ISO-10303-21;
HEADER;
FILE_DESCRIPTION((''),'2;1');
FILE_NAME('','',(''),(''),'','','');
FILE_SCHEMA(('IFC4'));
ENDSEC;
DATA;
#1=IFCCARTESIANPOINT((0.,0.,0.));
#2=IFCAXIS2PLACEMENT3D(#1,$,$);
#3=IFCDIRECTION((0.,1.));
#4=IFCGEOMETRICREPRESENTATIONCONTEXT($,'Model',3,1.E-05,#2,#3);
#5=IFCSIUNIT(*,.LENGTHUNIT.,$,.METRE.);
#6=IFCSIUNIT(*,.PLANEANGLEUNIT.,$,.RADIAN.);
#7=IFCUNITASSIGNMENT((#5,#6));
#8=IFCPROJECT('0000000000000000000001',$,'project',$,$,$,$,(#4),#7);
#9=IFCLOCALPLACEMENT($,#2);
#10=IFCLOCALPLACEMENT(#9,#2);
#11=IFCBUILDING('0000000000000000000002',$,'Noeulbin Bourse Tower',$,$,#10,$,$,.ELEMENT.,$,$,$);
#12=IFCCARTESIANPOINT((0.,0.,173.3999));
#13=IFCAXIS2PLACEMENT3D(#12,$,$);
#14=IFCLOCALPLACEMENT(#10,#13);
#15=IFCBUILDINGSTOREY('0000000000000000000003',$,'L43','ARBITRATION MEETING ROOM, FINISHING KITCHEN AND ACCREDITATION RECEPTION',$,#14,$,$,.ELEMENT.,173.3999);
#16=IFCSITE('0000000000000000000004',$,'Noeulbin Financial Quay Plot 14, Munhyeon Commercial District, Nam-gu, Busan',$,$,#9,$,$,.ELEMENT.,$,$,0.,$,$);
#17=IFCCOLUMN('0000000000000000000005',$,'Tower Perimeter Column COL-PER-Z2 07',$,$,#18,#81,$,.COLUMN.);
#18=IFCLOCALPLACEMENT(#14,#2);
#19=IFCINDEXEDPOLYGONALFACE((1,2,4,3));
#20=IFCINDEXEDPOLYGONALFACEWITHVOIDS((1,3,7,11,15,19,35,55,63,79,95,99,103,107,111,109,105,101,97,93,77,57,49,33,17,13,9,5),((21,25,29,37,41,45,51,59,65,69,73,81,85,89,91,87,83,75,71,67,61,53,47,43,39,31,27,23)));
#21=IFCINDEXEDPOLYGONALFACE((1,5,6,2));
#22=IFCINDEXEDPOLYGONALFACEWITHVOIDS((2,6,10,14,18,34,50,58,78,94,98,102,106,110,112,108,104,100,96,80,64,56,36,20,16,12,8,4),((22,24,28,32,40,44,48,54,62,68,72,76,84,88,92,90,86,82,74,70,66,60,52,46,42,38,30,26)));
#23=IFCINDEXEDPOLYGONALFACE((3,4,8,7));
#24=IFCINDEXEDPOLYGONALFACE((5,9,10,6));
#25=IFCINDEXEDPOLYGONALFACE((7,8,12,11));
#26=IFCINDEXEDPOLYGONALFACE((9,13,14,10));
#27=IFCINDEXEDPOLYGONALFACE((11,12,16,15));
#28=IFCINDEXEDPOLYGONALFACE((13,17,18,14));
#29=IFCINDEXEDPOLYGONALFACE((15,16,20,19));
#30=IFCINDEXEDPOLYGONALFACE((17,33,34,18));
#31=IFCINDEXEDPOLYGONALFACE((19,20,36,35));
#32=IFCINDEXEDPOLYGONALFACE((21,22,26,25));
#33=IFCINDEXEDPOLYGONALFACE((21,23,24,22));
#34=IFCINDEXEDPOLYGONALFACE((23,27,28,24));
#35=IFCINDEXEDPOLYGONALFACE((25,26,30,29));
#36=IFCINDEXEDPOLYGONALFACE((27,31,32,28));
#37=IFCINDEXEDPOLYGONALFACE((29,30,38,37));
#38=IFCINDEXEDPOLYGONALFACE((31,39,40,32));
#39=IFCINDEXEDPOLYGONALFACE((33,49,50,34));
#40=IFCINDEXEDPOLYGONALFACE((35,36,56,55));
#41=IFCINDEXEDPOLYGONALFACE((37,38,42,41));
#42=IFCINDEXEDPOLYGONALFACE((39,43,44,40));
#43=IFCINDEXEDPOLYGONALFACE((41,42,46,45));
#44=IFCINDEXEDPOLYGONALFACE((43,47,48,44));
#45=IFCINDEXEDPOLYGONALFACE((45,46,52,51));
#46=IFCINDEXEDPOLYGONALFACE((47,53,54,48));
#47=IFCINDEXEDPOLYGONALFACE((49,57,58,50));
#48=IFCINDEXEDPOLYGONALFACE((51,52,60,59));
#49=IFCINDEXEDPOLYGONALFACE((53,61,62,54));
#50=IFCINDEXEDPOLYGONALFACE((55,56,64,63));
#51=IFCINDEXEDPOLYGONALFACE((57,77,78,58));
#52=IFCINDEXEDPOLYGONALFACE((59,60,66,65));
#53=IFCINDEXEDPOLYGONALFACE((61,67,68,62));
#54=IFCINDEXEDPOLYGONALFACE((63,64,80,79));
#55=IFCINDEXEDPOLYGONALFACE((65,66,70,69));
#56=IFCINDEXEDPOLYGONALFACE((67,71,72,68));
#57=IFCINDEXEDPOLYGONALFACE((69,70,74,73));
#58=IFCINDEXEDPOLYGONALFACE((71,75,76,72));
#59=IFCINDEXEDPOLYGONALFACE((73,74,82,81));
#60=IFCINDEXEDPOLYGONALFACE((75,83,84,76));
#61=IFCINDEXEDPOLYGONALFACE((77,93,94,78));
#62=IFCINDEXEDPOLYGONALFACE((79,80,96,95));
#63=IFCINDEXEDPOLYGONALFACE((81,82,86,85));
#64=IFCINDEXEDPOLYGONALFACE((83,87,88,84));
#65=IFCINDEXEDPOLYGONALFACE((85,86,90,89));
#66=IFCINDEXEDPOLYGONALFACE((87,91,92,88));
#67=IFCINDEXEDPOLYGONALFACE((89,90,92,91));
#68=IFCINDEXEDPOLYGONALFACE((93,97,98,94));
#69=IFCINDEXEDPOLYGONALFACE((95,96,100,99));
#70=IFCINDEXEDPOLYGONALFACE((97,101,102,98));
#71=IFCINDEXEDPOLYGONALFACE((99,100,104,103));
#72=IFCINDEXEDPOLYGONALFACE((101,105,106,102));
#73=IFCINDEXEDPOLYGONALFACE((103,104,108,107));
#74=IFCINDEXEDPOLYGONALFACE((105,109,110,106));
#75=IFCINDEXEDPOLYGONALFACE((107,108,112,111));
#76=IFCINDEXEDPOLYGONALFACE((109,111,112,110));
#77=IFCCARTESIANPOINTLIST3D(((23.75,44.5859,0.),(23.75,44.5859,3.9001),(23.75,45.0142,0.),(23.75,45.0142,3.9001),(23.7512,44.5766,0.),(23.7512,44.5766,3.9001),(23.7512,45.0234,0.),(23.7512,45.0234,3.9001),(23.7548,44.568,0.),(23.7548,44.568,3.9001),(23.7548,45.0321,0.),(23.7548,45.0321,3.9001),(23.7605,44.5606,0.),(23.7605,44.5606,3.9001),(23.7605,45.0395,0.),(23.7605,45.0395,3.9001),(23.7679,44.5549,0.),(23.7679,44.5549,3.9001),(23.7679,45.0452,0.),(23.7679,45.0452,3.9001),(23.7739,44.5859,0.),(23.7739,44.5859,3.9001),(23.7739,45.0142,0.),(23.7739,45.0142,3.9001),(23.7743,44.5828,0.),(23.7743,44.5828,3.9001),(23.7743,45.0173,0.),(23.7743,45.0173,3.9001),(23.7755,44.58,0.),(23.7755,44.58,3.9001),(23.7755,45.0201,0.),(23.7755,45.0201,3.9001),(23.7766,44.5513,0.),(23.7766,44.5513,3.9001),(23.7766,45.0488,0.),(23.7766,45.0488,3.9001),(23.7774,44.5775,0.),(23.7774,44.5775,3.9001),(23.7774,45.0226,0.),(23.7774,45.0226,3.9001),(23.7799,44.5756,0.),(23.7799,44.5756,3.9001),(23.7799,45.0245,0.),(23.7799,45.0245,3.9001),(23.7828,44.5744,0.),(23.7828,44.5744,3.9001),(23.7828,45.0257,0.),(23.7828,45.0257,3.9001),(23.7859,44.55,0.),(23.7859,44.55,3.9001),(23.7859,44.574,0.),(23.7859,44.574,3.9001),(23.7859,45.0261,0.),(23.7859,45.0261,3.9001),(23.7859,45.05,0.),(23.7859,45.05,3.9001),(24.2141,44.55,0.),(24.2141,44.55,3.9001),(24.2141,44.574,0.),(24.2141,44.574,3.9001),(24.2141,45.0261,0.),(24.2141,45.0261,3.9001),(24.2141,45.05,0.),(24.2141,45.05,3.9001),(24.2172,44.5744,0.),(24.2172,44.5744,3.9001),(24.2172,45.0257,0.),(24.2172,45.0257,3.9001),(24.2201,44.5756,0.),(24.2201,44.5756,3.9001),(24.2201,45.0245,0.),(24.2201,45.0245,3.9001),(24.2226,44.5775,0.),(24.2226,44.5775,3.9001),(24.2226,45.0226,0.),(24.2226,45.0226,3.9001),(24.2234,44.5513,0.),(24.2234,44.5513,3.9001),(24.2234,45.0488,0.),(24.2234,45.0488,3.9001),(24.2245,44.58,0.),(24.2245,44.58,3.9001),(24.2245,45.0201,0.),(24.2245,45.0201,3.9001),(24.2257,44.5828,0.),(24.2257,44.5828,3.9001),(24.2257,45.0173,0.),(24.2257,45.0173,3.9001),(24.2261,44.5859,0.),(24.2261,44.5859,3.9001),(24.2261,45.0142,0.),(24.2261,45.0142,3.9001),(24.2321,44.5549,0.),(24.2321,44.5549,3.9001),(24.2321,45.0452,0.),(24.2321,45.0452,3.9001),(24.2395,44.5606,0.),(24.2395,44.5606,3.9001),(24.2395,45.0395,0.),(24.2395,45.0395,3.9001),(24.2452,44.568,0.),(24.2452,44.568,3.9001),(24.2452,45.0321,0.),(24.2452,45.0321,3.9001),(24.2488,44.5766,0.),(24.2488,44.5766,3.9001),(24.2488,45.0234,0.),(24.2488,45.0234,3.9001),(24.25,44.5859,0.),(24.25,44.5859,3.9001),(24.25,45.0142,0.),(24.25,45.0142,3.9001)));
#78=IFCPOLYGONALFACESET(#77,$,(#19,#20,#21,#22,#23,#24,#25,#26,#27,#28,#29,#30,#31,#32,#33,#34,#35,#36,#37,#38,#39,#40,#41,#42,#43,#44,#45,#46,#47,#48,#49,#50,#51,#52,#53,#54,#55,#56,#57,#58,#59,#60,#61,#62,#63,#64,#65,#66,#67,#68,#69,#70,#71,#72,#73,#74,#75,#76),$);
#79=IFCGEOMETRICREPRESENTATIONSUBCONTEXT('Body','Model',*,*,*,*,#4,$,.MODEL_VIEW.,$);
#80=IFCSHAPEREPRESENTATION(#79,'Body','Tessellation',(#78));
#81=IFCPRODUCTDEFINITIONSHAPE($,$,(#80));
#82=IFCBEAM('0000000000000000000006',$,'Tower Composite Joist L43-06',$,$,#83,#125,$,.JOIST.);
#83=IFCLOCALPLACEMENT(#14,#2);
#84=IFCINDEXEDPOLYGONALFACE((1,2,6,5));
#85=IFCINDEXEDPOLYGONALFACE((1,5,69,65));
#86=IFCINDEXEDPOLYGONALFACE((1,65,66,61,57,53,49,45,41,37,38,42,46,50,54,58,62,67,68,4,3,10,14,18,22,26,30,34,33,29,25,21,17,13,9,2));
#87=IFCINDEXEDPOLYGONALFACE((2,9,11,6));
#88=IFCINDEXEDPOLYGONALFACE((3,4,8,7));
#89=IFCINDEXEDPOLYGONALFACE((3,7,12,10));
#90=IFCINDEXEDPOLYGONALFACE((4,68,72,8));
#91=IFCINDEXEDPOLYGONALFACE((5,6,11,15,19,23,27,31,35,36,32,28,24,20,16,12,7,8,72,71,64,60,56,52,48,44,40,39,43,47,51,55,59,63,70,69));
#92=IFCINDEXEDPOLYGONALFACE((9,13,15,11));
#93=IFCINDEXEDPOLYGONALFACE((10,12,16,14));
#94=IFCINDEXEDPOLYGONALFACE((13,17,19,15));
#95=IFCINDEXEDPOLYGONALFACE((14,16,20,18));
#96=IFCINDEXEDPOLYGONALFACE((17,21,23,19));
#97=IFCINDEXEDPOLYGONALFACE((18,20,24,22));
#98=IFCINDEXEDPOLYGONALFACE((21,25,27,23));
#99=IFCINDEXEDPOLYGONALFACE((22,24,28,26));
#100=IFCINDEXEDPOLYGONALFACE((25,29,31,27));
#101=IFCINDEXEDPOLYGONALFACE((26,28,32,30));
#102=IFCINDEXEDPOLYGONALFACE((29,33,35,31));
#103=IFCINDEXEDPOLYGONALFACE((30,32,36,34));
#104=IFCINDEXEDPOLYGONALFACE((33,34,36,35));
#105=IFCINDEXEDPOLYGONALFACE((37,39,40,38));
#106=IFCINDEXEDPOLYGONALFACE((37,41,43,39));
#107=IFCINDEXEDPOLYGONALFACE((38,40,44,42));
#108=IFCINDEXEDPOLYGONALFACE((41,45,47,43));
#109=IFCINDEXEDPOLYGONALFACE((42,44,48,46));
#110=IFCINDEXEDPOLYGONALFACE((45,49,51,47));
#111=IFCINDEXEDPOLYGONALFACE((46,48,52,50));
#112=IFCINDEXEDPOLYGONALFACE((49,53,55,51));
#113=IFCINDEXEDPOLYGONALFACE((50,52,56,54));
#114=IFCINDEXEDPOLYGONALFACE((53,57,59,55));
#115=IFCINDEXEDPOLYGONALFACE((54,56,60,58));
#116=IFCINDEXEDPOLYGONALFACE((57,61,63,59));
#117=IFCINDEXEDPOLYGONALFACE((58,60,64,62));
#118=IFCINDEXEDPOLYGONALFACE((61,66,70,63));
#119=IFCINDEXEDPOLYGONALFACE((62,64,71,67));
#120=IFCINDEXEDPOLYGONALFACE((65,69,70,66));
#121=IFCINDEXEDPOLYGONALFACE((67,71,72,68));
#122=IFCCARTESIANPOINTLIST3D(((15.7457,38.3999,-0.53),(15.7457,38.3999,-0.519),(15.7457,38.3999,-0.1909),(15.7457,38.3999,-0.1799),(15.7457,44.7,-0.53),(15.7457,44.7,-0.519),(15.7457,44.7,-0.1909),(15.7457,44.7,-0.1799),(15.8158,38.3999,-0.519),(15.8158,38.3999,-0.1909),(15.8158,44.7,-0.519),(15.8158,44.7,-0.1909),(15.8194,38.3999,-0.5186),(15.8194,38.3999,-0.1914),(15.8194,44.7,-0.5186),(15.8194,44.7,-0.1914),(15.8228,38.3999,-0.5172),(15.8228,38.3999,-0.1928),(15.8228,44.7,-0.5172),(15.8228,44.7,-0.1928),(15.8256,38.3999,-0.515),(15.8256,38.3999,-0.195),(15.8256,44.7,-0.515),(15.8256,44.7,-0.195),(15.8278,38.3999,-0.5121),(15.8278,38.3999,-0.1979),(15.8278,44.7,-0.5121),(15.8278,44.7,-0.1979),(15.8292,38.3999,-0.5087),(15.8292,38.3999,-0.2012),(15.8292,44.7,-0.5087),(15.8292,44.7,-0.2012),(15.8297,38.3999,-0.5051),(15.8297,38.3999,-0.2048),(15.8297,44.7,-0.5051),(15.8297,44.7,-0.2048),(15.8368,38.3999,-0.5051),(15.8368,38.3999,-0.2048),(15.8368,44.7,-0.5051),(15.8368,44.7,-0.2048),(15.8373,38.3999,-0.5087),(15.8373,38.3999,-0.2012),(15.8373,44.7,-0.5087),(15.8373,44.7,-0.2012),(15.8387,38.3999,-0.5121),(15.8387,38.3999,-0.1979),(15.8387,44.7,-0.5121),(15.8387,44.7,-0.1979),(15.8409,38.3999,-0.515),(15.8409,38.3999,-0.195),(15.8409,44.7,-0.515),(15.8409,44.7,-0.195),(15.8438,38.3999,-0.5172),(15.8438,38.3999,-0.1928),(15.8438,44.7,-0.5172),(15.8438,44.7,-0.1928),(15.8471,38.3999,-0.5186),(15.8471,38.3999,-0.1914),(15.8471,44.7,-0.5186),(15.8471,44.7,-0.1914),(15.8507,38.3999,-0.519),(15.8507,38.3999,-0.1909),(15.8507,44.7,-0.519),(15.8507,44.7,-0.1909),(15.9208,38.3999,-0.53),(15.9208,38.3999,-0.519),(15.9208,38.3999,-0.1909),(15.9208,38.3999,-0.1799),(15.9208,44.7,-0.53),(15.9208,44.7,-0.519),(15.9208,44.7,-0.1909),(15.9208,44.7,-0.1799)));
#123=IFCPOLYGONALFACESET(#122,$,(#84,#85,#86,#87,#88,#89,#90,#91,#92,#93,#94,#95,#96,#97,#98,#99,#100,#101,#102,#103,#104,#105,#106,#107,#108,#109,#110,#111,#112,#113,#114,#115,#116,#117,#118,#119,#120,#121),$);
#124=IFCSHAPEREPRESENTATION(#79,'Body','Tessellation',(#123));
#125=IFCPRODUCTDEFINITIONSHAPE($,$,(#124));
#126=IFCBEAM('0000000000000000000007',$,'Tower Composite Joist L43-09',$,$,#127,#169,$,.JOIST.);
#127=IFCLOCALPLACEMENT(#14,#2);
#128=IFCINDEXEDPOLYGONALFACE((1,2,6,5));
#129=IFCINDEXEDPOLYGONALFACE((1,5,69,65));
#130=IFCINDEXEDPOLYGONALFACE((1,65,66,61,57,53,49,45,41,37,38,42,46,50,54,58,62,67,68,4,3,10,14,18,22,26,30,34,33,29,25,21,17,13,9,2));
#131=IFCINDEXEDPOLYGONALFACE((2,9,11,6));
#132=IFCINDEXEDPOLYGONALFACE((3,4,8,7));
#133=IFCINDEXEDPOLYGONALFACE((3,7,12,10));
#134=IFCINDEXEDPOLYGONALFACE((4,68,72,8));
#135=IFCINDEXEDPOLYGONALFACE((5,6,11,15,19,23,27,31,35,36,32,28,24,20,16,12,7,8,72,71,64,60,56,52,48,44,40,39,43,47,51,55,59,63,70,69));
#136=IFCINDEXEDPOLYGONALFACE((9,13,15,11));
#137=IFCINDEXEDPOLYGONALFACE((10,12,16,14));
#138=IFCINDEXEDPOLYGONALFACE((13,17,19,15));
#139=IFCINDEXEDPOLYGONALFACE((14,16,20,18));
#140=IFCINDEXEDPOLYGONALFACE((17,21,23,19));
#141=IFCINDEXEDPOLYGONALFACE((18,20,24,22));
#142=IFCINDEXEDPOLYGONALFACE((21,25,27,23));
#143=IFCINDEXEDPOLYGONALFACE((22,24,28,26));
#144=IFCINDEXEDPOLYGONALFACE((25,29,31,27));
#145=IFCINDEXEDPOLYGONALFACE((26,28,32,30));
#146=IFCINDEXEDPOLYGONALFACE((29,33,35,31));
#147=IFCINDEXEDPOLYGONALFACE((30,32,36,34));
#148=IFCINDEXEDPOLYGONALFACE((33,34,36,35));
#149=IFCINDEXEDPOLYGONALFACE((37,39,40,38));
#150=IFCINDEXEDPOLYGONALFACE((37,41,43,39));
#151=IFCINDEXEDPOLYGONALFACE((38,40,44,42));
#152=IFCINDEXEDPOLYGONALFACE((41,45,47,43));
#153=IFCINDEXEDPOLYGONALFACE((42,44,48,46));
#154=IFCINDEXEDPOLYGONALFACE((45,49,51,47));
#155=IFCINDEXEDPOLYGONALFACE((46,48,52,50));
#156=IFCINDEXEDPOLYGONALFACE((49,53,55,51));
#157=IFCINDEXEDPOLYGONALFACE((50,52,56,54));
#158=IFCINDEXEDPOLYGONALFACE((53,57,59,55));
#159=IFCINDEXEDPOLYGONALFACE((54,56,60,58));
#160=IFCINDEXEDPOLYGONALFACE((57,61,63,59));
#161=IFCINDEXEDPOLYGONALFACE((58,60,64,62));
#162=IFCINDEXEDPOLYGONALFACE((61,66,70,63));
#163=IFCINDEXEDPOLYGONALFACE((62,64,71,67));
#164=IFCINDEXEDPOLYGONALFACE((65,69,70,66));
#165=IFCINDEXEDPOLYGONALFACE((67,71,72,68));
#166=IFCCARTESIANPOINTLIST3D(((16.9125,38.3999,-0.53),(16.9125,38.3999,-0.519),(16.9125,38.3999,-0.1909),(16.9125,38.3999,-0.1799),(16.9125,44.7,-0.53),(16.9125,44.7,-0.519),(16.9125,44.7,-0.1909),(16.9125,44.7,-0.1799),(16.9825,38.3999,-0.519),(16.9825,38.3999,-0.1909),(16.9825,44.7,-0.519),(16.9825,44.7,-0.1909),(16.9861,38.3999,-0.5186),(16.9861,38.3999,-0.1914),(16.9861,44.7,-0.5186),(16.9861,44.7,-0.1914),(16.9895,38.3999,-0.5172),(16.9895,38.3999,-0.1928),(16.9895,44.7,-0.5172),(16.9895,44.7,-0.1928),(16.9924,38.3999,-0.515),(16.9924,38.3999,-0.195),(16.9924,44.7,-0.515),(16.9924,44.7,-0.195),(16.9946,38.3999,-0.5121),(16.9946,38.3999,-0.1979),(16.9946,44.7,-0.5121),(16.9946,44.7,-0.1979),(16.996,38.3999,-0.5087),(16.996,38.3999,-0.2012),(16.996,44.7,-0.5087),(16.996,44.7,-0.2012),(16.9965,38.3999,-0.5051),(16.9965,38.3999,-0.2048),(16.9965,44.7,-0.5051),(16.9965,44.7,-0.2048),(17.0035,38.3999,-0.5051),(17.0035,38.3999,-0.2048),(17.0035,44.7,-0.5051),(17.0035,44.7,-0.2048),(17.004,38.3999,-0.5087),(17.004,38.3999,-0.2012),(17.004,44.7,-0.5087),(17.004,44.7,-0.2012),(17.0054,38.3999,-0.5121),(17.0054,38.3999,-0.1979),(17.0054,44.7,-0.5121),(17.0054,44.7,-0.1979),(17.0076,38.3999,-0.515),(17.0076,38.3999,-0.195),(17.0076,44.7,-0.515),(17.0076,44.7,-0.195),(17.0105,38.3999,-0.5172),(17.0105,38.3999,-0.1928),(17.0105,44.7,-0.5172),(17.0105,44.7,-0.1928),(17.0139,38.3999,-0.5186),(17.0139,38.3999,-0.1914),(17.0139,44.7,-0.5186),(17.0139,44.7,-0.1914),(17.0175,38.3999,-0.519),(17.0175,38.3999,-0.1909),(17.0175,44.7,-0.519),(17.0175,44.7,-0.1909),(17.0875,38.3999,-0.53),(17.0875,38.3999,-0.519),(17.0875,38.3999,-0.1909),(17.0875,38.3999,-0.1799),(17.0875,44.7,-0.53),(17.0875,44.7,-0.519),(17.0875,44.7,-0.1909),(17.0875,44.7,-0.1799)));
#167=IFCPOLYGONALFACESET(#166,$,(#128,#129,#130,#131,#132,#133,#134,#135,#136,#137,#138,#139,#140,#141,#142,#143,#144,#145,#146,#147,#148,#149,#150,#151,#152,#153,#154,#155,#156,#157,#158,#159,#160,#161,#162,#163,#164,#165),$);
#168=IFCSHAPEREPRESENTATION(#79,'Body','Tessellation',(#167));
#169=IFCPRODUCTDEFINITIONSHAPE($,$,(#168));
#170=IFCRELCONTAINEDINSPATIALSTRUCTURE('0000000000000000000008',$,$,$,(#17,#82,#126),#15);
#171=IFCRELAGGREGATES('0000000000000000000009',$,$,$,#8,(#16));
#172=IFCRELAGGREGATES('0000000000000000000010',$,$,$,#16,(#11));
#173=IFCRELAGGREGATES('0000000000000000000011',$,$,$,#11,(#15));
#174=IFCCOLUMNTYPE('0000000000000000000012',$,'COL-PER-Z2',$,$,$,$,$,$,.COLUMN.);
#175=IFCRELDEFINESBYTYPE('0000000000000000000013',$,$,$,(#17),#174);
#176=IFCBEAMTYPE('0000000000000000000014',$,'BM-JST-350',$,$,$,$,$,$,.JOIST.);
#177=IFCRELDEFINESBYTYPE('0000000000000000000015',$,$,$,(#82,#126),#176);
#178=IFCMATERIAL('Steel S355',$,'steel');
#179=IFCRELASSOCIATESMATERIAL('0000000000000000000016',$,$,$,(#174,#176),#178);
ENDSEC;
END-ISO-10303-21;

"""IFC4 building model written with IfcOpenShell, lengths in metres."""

from ifc_helpers import new_model, si_unit, direction, frame, origin, origin_2d, place, context, subcontext, project, spatial, hollow_rectangle, i_section, extrude, material, material_profile, profile_set, type_object, element, save


model = new_model("IFC4")

# Units and contexts
model_context = context("Model", 3, precision=1e-05, world=origin(), true_north=direction((0.0, 1.0)))
body_context = subcontext(model_context, "Body", "Model", "MODEL_VIEW")
ifc_project = project(units=[si_unit("LENGTHUNIT", "METRE"), si_unit("PLANEANGLEUNIT", "RADIAN")], contexts=[model_context])

# Site, building, storey
site_placement = place(None, origin())
site = spatial("IfcSite", under=ifc_project, at=site_placement, Name="Noeulbin Financial Quay Plot 14, Munhyeon Commercial District, Nam-gu, Busan", CompositionType="ELEMENT", RefElevation=0.0)
building_placement = place(site_placement, origin())
building = spatial("IfcBuilding", under=site, at=building_placement, Name="Noeulbin Bourse Tower", CompositionType="ELEMENT")
storey_placement = place(building_placement, frame((0.0, 0.0, 173.3999)))
storey = spatial("IfcBuildingStorey", under=building, at=storey_placement, Name="L43", Description="ARBITRATION MEETING ROOM, FINISHING KITCHEN AND ACCREDITATION RECEPTION", CompositionType="ELEMENT", Elevation=173.3999)

# Column
ifc_material_1 = material(Name="Steel S355", Category="steel")
ifc_material_profile_1 = material_profile(ifc_material_1, hollow_rectangle(XDim=0.5, YDim=0.5, WallThickness=0.0239, InnerFilletRadius=0.012, OuterFilletRadius=0.0359, at=origin_2d()), Name="BOX-500x500x24", Category="LoadBearing")
ifc_profile_set_1 = profile_set([ifc_material_profile_1], Name="Steel S355")
column_type = type_object("IfcColumnType", Name="COL-PER-Z2", PredefinedType="COLUMN", material=ifc_profile_set_1)
column_placement = place(storey_placement, frame((24.0, 44.8, 0.0), z_axis=(0.0, 0.0, 1.0), x_axis=(1.0, 0.0, 0.0)))
element("IfcColumn", 1, at=column_placement, inside=storey, type_object=column_type, Name="Tower Perimeter Column COL-PER-Z2 07", PredefinedType="COLUMN", context=body_context, shape_type="SweptSolid", body=[
    extrude(hollow_rectangle(XDim=0.5, YDim=0.5, WallThickness=0.0239, InnerFilletRadius=0.012, OuterFilletRadius=0.0359, at=origin_2d()), origin(), (0.0, 0.0, 1.0), 3.9001),
])

# Beams
ifc_material_profile_2 = material_profile(ifc_material_1, i_section(OverallWidth=0.175, OverallDepth=0.3501, WebThickness=0.0071, FlangeThickness=0.011, FilletRadius=0.0139, at=origin_2d()), Name="H-350x175x7x11", Category="LoadBearing")
ifc_profile_set_2 = profile_set([ifc_material_profile_2], Name="Steel S355")
beam_type_1 = type_object("IfcBeamType", Name="BM-JST-350", PredefinedType="JOIST", material=ifc_profile_set_2)
for number, where, z_axis, x_axis, name in (
    (2, (15.8333, 38.3999, -0.355), (0.0, 1.0, 0.0), (-1.0, 0.0, 0.0), "Tower Composite Joist L43-06"),
    (3, (17.0, 38.3999, -0.355), (0.0, 1.0, 0.0), (-1.0, 0.0, 0.0), "Tower Composite Joist L43-09"),
):
    element("IfcBeam", number, at=place(storey_placement, frame(where, z_axis=z_axis, x_axis=x_axis)), inside=storey, type_object=beam_type_1, Name=name, PredefinedType="JOIST", context=body_context, shape_type="SweptSolid", body=[
        extrude(i_section(OverallWidth=0.175, OverallDepth=0.3501, WebThickness=0.0071, FlangeThickness=0.011, FilletRadius=0.0139, at=origin_2d()), origin(), (0.0, 0.0, 1.0), 6.3),
    ])

save(model, "model.ifc")
